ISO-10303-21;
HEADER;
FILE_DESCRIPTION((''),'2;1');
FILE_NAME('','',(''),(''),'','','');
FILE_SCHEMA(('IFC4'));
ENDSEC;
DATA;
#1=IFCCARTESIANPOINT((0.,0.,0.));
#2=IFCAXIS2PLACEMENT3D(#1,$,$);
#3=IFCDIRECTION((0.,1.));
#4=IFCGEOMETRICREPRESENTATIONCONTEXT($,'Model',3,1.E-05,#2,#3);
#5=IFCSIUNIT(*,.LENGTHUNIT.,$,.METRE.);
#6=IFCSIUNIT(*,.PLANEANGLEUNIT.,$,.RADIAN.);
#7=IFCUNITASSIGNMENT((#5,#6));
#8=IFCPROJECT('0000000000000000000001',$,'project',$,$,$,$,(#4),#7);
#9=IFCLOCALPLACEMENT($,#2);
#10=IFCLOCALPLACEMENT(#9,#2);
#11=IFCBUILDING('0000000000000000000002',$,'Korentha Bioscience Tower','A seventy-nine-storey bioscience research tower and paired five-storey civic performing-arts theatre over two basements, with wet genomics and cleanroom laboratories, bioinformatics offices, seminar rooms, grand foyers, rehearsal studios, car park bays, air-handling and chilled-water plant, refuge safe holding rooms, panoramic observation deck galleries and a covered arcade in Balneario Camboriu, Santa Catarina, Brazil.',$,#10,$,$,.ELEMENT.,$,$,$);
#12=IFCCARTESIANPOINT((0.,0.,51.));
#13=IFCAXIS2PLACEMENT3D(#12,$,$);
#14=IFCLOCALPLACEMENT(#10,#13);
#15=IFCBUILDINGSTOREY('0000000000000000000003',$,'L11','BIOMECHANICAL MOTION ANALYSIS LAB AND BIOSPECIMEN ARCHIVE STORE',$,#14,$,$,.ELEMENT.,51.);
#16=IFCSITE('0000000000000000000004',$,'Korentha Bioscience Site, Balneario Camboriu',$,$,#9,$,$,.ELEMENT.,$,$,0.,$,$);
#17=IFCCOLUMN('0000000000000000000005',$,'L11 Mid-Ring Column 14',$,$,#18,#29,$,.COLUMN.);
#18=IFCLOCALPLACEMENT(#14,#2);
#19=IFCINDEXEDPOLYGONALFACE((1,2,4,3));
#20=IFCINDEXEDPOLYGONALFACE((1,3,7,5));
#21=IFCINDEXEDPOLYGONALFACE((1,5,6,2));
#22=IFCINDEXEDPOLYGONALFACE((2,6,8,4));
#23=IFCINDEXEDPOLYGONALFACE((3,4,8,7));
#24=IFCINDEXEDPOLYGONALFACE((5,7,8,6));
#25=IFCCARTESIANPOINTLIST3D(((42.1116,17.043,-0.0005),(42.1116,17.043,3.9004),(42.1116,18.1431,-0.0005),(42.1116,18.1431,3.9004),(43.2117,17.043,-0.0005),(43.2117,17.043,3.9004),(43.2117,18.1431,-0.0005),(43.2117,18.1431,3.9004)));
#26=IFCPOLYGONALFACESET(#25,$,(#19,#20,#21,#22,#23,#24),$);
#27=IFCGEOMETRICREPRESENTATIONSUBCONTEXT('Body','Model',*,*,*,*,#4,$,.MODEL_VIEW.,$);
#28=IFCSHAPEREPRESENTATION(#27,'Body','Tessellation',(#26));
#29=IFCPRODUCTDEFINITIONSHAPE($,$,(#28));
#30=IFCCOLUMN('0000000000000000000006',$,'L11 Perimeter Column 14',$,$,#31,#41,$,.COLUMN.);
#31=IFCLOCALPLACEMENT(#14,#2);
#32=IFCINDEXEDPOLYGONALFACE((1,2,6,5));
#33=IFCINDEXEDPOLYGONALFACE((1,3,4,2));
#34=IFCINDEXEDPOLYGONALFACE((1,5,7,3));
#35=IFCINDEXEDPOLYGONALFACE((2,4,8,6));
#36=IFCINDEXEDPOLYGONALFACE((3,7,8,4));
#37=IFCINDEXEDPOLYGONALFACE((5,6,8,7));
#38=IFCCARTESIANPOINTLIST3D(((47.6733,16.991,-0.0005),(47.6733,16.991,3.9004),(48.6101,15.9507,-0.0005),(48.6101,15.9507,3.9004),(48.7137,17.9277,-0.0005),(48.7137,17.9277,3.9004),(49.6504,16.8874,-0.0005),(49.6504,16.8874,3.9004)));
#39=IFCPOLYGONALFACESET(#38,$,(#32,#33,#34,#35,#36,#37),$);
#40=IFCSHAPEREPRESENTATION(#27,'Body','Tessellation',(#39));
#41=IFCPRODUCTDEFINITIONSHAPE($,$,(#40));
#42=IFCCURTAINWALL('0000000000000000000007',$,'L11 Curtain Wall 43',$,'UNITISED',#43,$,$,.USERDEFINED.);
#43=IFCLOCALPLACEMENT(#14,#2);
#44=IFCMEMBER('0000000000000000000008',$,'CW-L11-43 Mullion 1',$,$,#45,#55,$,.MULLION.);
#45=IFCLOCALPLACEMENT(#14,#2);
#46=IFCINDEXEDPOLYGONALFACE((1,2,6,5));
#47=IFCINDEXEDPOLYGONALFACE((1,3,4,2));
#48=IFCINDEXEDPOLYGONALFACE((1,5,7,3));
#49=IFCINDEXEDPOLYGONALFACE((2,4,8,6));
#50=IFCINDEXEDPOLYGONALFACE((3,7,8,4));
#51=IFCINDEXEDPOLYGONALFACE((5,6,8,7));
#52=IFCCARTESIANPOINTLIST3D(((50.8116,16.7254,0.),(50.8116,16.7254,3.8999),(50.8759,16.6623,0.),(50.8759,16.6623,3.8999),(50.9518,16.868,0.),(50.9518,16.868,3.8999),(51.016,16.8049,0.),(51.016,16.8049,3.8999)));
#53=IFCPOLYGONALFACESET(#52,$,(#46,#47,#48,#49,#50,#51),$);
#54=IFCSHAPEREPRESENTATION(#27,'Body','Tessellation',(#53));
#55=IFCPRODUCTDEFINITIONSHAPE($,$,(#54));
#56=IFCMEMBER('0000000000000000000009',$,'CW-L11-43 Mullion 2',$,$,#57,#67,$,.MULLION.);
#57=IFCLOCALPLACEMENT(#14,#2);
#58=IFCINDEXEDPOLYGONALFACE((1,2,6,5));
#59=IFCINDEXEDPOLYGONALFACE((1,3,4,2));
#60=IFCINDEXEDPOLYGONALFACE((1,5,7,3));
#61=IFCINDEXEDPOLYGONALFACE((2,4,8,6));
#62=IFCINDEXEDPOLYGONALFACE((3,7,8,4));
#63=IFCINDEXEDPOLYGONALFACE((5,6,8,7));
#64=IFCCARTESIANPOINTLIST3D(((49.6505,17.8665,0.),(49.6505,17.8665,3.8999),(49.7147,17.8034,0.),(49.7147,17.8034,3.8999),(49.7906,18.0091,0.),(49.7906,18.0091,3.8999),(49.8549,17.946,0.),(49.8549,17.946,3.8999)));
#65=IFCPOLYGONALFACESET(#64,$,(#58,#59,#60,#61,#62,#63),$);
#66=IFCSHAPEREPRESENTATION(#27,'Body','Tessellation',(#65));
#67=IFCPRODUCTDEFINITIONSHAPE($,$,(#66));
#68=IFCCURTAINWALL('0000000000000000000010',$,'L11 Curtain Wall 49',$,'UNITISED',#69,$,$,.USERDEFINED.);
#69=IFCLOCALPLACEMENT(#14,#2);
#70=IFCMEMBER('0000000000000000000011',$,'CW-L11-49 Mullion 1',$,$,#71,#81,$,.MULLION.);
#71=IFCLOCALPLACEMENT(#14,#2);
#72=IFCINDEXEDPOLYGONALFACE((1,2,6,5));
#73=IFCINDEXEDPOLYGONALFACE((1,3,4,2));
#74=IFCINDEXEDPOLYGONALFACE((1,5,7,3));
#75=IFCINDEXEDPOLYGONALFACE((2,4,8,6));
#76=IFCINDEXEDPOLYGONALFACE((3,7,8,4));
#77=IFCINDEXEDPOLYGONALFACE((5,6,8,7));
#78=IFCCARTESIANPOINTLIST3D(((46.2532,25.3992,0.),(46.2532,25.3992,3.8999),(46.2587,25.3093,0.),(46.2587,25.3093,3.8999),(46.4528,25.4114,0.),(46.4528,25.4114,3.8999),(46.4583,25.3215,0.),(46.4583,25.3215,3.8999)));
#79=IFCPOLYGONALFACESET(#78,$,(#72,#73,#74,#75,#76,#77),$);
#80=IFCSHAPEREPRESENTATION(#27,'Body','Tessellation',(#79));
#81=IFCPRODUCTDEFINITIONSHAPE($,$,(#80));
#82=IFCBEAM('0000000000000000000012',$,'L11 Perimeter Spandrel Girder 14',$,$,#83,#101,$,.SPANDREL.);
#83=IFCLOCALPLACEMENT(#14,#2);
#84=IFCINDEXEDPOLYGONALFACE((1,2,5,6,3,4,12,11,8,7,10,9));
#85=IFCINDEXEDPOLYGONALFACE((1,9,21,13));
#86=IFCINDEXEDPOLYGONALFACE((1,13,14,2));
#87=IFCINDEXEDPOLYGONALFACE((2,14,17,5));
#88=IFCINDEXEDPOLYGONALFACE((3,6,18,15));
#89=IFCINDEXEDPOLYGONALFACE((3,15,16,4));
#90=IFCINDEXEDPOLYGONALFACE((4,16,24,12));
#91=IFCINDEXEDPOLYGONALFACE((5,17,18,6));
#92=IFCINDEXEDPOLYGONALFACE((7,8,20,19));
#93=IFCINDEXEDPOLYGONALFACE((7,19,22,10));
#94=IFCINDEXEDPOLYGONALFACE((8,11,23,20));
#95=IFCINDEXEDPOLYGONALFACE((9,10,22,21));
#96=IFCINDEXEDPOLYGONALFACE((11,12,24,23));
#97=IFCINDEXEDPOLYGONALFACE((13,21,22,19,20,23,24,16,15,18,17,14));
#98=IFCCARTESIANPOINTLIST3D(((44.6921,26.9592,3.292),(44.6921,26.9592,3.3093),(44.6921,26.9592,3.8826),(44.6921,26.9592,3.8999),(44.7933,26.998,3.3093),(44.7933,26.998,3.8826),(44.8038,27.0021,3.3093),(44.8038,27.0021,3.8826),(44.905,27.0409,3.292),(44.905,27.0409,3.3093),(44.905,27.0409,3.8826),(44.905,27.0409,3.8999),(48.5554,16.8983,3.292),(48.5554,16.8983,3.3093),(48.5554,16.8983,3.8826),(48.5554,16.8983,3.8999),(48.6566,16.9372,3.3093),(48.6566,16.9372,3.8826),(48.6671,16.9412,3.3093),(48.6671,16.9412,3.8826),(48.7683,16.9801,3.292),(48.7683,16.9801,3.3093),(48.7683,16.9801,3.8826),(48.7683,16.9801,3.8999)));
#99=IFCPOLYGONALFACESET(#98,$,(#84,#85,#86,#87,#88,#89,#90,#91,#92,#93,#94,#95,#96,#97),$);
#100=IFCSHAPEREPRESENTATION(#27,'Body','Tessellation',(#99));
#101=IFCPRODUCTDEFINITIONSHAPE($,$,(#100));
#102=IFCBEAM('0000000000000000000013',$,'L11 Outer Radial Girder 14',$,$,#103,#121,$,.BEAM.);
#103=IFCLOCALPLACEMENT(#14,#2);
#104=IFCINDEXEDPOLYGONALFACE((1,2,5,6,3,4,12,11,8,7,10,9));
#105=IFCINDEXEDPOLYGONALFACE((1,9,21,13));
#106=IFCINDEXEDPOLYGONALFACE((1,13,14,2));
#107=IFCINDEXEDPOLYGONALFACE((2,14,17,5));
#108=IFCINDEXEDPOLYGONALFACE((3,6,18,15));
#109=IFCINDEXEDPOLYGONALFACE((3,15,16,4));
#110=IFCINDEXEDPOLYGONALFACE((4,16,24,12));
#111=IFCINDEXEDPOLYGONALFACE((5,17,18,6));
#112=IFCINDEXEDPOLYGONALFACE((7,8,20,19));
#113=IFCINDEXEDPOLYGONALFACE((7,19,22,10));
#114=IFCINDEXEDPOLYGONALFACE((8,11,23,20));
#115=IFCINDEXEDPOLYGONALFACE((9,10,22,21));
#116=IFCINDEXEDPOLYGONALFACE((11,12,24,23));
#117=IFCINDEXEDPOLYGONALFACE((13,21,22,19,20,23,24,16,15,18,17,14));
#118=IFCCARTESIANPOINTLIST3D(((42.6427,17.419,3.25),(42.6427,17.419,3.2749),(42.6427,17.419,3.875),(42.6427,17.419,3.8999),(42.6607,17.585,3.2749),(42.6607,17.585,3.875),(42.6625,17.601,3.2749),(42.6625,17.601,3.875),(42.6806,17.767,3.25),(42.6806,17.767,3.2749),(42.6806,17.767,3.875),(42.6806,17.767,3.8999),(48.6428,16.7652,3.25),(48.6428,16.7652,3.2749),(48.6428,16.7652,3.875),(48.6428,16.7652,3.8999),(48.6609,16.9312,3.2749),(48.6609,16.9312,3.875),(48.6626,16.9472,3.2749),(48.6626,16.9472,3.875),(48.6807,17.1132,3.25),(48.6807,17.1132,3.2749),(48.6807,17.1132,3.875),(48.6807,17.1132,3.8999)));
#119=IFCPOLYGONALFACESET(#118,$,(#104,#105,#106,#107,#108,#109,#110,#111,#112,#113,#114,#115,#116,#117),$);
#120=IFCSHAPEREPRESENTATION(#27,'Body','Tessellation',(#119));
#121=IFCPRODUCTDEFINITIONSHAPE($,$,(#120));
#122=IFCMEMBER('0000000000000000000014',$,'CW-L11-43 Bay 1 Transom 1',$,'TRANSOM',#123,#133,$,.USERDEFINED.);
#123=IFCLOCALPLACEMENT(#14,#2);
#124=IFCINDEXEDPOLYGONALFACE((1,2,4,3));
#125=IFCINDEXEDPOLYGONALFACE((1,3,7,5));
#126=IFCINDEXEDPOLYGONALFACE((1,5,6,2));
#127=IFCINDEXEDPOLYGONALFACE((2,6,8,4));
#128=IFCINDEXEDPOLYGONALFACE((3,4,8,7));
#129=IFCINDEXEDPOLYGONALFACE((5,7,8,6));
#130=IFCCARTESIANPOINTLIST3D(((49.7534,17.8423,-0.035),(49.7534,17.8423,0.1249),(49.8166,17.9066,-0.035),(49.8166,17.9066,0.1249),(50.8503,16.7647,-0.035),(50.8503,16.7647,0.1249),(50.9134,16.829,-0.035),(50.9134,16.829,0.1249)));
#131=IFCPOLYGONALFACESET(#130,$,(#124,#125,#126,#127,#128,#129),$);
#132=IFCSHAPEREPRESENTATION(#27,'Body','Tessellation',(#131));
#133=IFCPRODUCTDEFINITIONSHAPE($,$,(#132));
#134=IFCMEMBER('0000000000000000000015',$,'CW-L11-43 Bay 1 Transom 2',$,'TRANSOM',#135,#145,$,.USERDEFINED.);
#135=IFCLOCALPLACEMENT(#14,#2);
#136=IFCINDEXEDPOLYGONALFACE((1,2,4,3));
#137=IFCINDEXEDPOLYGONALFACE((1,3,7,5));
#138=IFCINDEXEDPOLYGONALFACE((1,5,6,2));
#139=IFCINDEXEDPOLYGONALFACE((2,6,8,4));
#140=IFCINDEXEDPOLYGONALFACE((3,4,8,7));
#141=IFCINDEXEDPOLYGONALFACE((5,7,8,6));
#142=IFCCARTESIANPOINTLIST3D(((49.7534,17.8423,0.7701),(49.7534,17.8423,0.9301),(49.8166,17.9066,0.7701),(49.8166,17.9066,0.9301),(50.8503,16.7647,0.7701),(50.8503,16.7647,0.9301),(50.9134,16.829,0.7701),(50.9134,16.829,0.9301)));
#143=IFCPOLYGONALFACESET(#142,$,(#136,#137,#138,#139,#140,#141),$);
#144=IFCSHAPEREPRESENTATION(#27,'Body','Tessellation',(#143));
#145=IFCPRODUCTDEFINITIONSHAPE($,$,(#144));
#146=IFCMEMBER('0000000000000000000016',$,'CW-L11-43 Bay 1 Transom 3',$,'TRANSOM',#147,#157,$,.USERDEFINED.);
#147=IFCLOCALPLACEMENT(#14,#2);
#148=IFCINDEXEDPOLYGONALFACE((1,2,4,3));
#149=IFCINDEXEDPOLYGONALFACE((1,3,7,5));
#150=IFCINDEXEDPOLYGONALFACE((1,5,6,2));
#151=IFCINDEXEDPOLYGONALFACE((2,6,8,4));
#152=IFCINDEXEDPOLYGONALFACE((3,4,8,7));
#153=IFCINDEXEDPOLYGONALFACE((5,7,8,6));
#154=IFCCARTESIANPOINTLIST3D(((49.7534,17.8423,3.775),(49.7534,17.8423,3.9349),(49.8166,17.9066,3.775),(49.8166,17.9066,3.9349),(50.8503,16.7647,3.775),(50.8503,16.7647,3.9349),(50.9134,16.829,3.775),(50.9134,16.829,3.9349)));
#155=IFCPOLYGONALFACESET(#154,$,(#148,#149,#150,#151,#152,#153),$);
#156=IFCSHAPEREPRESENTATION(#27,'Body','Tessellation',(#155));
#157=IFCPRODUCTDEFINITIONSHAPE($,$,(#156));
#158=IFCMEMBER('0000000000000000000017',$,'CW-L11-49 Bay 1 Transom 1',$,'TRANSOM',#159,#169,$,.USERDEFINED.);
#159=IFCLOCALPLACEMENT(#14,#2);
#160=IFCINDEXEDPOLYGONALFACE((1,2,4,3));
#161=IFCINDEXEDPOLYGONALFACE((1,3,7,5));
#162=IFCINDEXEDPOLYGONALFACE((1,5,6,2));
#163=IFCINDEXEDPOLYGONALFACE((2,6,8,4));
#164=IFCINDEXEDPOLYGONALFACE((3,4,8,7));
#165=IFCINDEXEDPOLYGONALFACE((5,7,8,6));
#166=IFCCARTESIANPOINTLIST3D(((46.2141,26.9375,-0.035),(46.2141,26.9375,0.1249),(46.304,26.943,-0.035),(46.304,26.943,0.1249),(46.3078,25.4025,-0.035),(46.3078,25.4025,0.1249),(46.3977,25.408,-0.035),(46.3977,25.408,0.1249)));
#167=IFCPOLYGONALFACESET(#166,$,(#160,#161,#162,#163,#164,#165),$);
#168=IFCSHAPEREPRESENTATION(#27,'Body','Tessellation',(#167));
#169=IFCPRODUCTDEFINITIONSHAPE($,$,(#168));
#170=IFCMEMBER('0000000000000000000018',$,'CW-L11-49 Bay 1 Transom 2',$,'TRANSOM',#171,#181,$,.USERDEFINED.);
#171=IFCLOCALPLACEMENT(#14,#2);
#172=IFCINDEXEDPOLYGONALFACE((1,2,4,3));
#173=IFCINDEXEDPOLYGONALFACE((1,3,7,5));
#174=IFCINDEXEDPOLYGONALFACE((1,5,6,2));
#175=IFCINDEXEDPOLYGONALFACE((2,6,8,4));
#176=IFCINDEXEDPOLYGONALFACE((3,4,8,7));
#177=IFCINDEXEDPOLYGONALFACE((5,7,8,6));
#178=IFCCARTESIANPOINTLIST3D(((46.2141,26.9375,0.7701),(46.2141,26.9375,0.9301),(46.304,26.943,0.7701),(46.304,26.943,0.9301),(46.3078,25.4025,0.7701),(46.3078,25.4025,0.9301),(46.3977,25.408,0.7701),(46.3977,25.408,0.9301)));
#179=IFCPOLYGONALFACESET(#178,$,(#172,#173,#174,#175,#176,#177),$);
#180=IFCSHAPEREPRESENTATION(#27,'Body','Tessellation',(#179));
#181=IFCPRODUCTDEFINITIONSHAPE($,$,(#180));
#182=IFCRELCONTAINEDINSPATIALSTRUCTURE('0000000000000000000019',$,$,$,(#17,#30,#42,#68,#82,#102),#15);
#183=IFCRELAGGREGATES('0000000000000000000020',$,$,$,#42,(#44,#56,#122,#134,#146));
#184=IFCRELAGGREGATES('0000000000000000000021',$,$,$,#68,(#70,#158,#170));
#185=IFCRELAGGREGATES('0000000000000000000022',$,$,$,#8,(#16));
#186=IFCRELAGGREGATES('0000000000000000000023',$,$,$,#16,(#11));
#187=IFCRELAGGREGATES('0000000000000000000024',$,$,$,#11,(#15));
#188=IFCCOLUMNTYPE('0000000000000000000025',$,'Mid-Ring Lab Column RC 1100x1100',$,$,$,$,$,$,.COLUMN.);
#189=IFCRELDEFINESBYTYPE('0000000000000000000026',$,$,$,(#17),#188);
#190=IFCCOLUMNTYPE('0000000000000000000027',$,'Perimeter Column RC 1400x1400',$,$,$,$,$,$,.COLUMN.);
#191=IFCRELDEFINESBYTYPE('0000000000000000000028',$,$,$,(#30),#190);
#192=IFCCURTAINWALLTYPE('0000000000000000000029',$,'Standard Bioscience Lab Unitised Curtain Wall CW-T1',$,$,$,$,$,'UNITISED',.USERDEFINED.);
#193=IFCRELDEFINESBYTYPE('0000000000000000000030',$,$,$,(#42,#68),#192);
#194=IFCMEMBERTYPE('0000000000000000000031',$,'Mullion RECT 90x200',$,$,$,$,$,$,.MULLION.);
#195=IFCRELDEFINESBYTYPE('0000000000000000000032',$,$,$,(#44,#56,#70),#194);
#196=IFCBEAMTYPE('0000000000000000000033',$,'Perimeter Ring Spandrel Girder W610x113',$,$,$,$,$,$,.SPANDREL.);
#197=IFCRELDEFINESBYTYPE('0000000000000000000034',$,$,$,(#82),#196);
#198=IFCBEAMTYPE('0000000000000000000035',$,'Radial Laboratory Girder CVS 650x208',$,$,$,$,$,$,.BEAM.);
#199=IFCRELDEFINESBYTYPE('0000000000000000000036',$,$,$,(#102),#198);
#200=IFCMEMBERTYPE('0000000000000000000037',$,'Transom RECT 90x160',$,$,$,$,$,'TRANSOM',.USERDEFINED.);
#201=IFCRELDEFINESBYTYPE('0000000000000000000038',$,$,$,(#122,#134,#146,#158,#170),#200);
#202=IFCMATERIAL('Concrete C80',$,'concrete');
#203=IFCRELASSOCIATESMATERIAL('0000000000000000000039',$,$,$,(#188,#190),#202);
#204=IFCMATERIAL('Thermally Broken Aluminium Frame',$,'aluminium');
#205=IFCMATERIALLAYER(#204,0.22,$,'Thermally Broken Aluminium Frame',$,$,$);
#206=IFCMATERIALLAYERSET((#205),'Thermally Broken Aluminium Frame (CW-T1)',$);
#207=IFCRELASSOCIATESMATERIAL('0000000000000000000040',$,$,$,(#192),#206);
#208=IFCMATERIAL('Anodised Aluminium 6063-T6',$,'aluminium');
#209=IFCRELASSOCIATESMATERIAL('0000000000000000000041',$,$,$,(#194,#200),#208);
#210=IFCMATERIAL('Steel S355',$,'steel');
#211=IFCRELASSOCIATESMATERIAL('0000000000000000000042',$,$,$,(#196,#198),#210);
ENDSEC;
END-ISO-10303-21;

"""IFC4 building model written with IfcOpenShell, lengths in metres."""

from ifc_helpers import new_model, si_unit, direction, frame, origin, origin_2d, place, context, subcontext, project, spatial, rectangle, i_section, extrude, material, layer, layer_set, material_profile, profile_set, type_object, element, aggregate, save


model = new_model("IFC4")

# Units and contexts
model_context = context("Model", 3, precision=1e-05, world=origin(), true_north=direction((0.0, 1.0)))
body_context = subcontext(model_context, "Body", "Model", "MODEL_VIEW")
ifc_project = project(units=[si_unit("LENGTHUNIT", "METRE"), si_unit("PLANEANGLEUNIT", "RADIAN")], contexts=[model_context])

# Site, building, storey
site_placement = place(None, origin())
site = spatial("IfcSite", under=ifc_project, at=site_placement, Name="Korentha Bioscience Site, Balneario Camboriu", CompositionType="ELEMENT", RefElevation=0.0)
building_placement = place(site_placement, origin())
building = spatial("IfcBuilding", under=site, at=building_placement, Name="Korentha Bioscience Tower", Description="A seventy-nine-storey bioscience research tower and paired five-storey civic performing-arts theatre over two basements, with wet genomics and cleanroom laboratories, bioinformatics offices, seminar rooms, grand foyers, rehearsal studios, car park bays, air-handling and chilled-water plant, refuge safe holding rooms, panoramic observation deck galleries and a covered arcade in Balneario Camboriu, Santa Catarina, Brazil.", CompositionType="ELEMENT")
storey_placement = place(building_placement, frame((0.0, 0.0, 51.0)))
storey = spatial("IfcBuildingStorey", under=building, at=storey_placement, Name="L11", Description="BIOMECHANICAL MOTION ANALYSIS LAB AND BIOSPECIMEN ARCHIVE STORE", CompositionType="ELEMENT", Elevation=51.0)

# Columns
ifc_material_1 = material(Name="Concrete C80", Category="concrete")
ifc_material_profile_1 = material_profile(ifc_material_1, rectangle(XDim=1.1001, YDim=1.1001, at=origin_2d()), Name="Concrete C80")
ifc_profile_set_1 = profile_set([ifc_material_profile_1], Name="Concrete C80 (COL-MR11)")
column_type_1 = type_object("IfcColumnType", Name="Mid-Ring Lab Column RC 1100x1100", PredefinedType="COLUMN", material=ifc_profile_set_1)
column_1_placement = place(storey_placement, frame((42.6616, 17.593, -0.0005), z_axis=(0.0, 0.0, 1.0), x_axis=(1.0, 0.0, 0.0)))
element("IfcColumn", 1, at=column_1_placement, inside=storey, type_object=column_type_1, Name="L11 Mid-Ring Column 14", PredefinedType="COLUMN", context=body_context, shape_type="SweptSolid", body=[
    extrude(rectangle(XDim=1.1001, YDim=1.1001, at=origin_2d()), origin(), (0.0, 0.0, 1.0), 3.9009),
])
ifc_material_profile_2 = material_profile(ifc_material_1, rectangle(XDim=1.3999, YDim=1.3999, at=origin_2d()), Name="Concrete C80")
ifc_profile_set_2 = profile_set([ifc_material_profile_2], Name="Concrete C80 (COL-P14)")
column_type_2 = type_object("IfcColumnType", Name="Perimeter Column RC 1400x1400", PredefinedType="COLUMN", material=ifc_profile_set_2)
column_2_placement = place(storey_placement, frame((48.6619, 16.9392, -0.0005), z_axis=(0.0, 0.0, 1.0), x_axis=(-0.669131, 0.743145, 0.0)))
element("IfcColumn", 2, at=column_2_placement, inside=storey, type_object=column_type_2, Name="L11 Perimeter Column 14", PredefinedType="COLUMN", context=body_context, shape_type="SweptSolid", body=[
    extrude(rectangle(XDim=1.3999, YDim=1.3999, at=origin_2d()), origin(), (0.0, 0.0, 1.0), 3.9009),
])

# Curtain wall, members
ifc_material_2 = material(Name="Thermally Broken Aluminium Frame", Category="aluminium")
ifc_layer_1 = layer(ifc_material_2, 0.22, Name="Thermally Broken Aluminium Frame")
ifc_layer_set_1 = layer_set([ifc_layer_1], Name="Thermally Broken Aluminium Frame (CW-T1)")
curtain_wall_type = type_object("IfcCurtainWallType", Name="Standard Bioscience Lab Unitised Curtain Wall CW-T1", ElementType="UNITISED", PredefinedType="USERDEFINED", material=ifc_layer_set_1)
curtain_wall_1_placement = place(storey_placement, origin())
curtain_wall_1 = element("IfcCurtainWall", 3, at=curtain_wall_1_placement, inside=storey, type_object=curtain_wall_type, Name="L11 Curtain Wall 43", ObjectType="UNITISED", PredefinedType="USERDEFINED")
ifc_material_3 = material(Name="Anodised Aluminium 6063-T6", Category="aluminium")
ifc_material_profile_3 = material_profile(ifc_material_3, rectangle(XDim=0.0901, YDim=0.2, at=origin_2d()), Name="Anodised Aluminium 6063-T6")
ifc_profile_set_3 = profile_set([ifc_material_profile_3], Name="Anodised Aluminium 6063-T6 (CW-MUL)")
member_type_1 = type_object("IfcMemberType", Name="Mullion RECT 90x200", PredefinedType="MULLION", material=ifc_profile_set_3)
member_1_placement = place(storey_placement, frame((50.9138, 16.7651, 0.0), z_axis=(0.0, 0.0, 1.0), x_axis=(-0.713279, 0.70088, 0.0)))
member_1 = element("IfcMember", 4, at=member_1_placement, type_object=member_type_1, Name="CW-L11-43 Mullion 1", PredefinedType="MULLION", context=body_context, shape_type="SweptSolid", body=[
    extrude(rectangle(XDim=0.0901, YDim=0.2, at=origin_2d()), origin(), (0.0, 0.0, 1.0), 3.8999),
])
member_2_placement = place(storey_placement, frame((49.7527, 17.9062, 0.0), z_axis=(0.0, 0.0, 1.0), x_axis=(-0.713279, 0.70088, 0.0)))
member_2 = element("IfcMember", 5, at=member_2_placement, type_object=member_type_1, Name="CW-L11-43 Mullion 2", PredefinedType="MULLION", context=body_context, shape_type="SweptSolid", body=[
    extrude(rectangle(XDim=0.0901, YDim=0.2, at=origin_2d()), origin(), (0.0, 0.0, 1.0), 3.8999),
])

# Curtain wall, member
curtain_wall_2_placement = place(storey_placement, origin())
curtain_wall_2 = element("IfcCurtainWall", 6, at=curtain_wall_2_placement, inside=storey, type_object=curtain_wall_type, Name="L11 Curtain Wall 49", ObjectType="UNITISED", PredefinedType="USERDEFINED")
member_3_placement = place(storey_placement, frame((46.3557, 25.3604, 0.0), z_axis=(0.0, 0.0, 1.0), x_axis=(-0.061008, 0.998137, 0.0)))
member_3 = element("IfcMember", 7, at=member_3_placement, type_object=member_type_1, Name="CW-L11-49 Mullion 1", PredefinedType="MULLION", context=body_context, shape_type="SweptSolid", body=[
    extrude(rectangle(XDim=0.0901, YDim=0.2, at=origin_2d()), origin(), (0.0, 0.0, 1.0), 3.8999),
])

# Beams
ifc_material_4 = material(Name="Steel S355", Category="steel")
ifc_material_profile_4 = material_profile(ifc_material_4, i_section(OverallWidth=0.228, OverallDepth=0.6079, WebThickness=0.0112, FlangeThickness=0.0173, at=origin_2d()), Name="Steel S355")
ifc_profile_set_4 = profile_set([ifc_material_profile_4], Name="Steel S355 (SB-610)")
beam_type_1 = type_object("IfcBeamType", Name="Perimeter Ring Spandrel Girder W610x113", PredefinedType="SPANDREL", material=ifc_profile_set_4)
beam_1_placement = place(storey_placement, frame((48.6619, 16.9392, 3.5959), z_axis=(-0.358474, 0.93354, 0.0), x_axis=(-0.93354, -0.358474, 0.0)))
element("IfcBeam", 8, at=beam_1_placement, inside=storey, type_object=beam_type_1, Name="L11 Perimeter Spandrel Girder 14", PredefinedType="SPANDREL", context=body_context, shape_type="SweptSolid", body=[
    extrude(i_section(OverallWidth=0.228, OverallDepth=0.6079, WebThickness=0.0112, FlangeThickness=0.0173, at=origin_2d()), origin(), (0.0, 0.0, 1.0), 10.7771),
])
ifc_material_profile_5 = material_profile(ifc_material_4, i_section(OverallWidth=0.3501, OverallDepth=0.6499, WebThickness=0.0161, FlangeThickness=0.0249, at=origin_2d()), Name="Steel S355")
ifc_profile_set_5 = profile_set([ifc_material_profile_5], Name="Steel S355 (RB-650)")
beam_type_2 = type_object("IfcBeamType", Name="Radial Laboratory Girder CVS 650x208", PredefinedType="BEAM", material=ifc_profile_set_5)
beam_2_placement = place(storey_placement, frame((42.6616, 17.593, 3.575), z_axis=(0.994116, -0.108323, 0.0), x_axis=(0.108323, 0.994116, 0.0)))
element("IfcBeam", 9, at=beam_2_placement, inside=storey, type_object=beam_type_2, Name="L11 Outer Radial Girder 14", PredefinedType="BEAM", context=body_context, shape_type="SweptSolid", body=[
    extrude(i_section(OverallWidth=0.3501, OverallDepth=0.6499, WebThickness=0.0161, FlangeThickness=0.0249, at=origin_2d()), origin(), (0.0, 0.0, 1.0), 6.0356),
])

# Members
ifc_material_profile_6 = material_profile(ifc_material_3, rectangle(XDim=0.0901, YDim=0.1599, at=origin_2d()), Name="Anodised Aluminium 6063-T6")
ifc_profile_set_6 = profile_set([ifc_material_profile_6], Name="Anodised Aluminium 6063-T6 (CW-TRN)")
member_type_2 = type_object("IfcMemberType", Name="Transom RECT 90x160", ElementType="TRANSOM", PredefinedType="USERDEFINED", material=ifc_profile_set_6)
member_4_placement = place(storey_placement, frame((50.8818, 16.7969, 0.0449), z_axis=(-0.71335, 0.700808, 0.0), x_axis=(-0.700808, -0.71335, 0.0)))
member_4 = element("IfcMember", 10, at=member_4_placement, type_object=member_type_2, Name="CW-L11-43 Bay 1 Transom 1", ObjectType="TRANSOM", PredefinedType="USERDEFINED", context=body_context, shape_type="SweptSolid", body=[
    extrude(rectangle(XDim=0.0901, YDim=0.1599, at=origin_2d()), origin(), (0.0, 0.0, 1.0), 1.5376),
])
member_5_placement = place(storey_placement, frame((50.8818, 16.7969, 0.8501), z_axis=(-0.71335, 0.700808, 0.0), x_axis=(-0.700808, -0.71335, 0.0)))
member_5 = element("IfcMember", 11, at=member_5_placement, type_object=member_type_2, Name="CW-L11-43 Bay 1 Transom 2", ObjectType="TRANSOM", PredefinedType="USERDEFINED", context=body_context, shape_type="SweptSolid", body=[
    extrude(rectangle(XDim=0.0901, YDim=0.1599, at=origin_2d()), origin(), (0.0, 0.0, 1.0), 1.5376),
])
member_6_placement = place(storey_placement, frame((50.8818, 16.7969, 3.855), z_axis=(-0.71335, 0.700808, 0.0), x_axis=(-0.700808, -0.71335, 0.0)))
member_6 = element("IfcMember", 12, at=member_6_placement, type_object=member_type_2, Name="CW-L11-43 Bay 1 Transom 3", ObjectType="TRANSOM", PredefinedType="USERDEFINED", context=body_context, shape_type="SweptSolid", body=[
    extrude(rectangle(XDim=0.0901, YDim=0.1599, at=origin_2d()), origin(), (0.0, 0.0, 1.0), 1.5376),
])
member_7_placement = place(storey_placement, frame((46.3528, 25.4053, 0.0449), z_axis=(-0.060965, 0.99814, 0.0), x_axis=(-0.99814, -0.060965, 0.0)))
member_7 = element("IfcMember", 13, at=member_7_placement, type_object=member_type_2, Name="CW-L11-49 Bay 1 Transom 1", ObjectType="TRANSOM", PredefinedType="USERDEFINED", context=body_context, shape_type="SweptSolid", body=[
    extrude(rectangle(XDim=0.0901, YDim=0.1599, at=origin_2d()), origin(), (0.0, 0.0, 1.0), 1.5378),
])
member_8_placement = place(storey_placement, frame((46.3528, 25.4053, 0.8501), z_axis=(-0.060965, 0.99814, 0.0), x_axis=(-0.99814, -0.060965, 0.0)))
member_8 = element("IfcMember", 14, at=member_8_placement, type_object=member_type_2, Name="CW-L11-49 Bay 1 Transom 2", ObjectType="TRANSOM", PredefinedType="USERDEFINED", context=body_context, shape_type="SweptSolid", body=[
    extrude(rectangle(XDim=0.0901, YDim=0.1599, at=origin_2d()), origin(), (0.0, 0.0, 1.0), 1.5378),
])

aggregate(curtain_wall_1, [member_1, member_2, member_4, member_5, member_6])
aggregate(curtain_wall_2, [member_3, member_7, member_8])

save(model, "model.ifc")
